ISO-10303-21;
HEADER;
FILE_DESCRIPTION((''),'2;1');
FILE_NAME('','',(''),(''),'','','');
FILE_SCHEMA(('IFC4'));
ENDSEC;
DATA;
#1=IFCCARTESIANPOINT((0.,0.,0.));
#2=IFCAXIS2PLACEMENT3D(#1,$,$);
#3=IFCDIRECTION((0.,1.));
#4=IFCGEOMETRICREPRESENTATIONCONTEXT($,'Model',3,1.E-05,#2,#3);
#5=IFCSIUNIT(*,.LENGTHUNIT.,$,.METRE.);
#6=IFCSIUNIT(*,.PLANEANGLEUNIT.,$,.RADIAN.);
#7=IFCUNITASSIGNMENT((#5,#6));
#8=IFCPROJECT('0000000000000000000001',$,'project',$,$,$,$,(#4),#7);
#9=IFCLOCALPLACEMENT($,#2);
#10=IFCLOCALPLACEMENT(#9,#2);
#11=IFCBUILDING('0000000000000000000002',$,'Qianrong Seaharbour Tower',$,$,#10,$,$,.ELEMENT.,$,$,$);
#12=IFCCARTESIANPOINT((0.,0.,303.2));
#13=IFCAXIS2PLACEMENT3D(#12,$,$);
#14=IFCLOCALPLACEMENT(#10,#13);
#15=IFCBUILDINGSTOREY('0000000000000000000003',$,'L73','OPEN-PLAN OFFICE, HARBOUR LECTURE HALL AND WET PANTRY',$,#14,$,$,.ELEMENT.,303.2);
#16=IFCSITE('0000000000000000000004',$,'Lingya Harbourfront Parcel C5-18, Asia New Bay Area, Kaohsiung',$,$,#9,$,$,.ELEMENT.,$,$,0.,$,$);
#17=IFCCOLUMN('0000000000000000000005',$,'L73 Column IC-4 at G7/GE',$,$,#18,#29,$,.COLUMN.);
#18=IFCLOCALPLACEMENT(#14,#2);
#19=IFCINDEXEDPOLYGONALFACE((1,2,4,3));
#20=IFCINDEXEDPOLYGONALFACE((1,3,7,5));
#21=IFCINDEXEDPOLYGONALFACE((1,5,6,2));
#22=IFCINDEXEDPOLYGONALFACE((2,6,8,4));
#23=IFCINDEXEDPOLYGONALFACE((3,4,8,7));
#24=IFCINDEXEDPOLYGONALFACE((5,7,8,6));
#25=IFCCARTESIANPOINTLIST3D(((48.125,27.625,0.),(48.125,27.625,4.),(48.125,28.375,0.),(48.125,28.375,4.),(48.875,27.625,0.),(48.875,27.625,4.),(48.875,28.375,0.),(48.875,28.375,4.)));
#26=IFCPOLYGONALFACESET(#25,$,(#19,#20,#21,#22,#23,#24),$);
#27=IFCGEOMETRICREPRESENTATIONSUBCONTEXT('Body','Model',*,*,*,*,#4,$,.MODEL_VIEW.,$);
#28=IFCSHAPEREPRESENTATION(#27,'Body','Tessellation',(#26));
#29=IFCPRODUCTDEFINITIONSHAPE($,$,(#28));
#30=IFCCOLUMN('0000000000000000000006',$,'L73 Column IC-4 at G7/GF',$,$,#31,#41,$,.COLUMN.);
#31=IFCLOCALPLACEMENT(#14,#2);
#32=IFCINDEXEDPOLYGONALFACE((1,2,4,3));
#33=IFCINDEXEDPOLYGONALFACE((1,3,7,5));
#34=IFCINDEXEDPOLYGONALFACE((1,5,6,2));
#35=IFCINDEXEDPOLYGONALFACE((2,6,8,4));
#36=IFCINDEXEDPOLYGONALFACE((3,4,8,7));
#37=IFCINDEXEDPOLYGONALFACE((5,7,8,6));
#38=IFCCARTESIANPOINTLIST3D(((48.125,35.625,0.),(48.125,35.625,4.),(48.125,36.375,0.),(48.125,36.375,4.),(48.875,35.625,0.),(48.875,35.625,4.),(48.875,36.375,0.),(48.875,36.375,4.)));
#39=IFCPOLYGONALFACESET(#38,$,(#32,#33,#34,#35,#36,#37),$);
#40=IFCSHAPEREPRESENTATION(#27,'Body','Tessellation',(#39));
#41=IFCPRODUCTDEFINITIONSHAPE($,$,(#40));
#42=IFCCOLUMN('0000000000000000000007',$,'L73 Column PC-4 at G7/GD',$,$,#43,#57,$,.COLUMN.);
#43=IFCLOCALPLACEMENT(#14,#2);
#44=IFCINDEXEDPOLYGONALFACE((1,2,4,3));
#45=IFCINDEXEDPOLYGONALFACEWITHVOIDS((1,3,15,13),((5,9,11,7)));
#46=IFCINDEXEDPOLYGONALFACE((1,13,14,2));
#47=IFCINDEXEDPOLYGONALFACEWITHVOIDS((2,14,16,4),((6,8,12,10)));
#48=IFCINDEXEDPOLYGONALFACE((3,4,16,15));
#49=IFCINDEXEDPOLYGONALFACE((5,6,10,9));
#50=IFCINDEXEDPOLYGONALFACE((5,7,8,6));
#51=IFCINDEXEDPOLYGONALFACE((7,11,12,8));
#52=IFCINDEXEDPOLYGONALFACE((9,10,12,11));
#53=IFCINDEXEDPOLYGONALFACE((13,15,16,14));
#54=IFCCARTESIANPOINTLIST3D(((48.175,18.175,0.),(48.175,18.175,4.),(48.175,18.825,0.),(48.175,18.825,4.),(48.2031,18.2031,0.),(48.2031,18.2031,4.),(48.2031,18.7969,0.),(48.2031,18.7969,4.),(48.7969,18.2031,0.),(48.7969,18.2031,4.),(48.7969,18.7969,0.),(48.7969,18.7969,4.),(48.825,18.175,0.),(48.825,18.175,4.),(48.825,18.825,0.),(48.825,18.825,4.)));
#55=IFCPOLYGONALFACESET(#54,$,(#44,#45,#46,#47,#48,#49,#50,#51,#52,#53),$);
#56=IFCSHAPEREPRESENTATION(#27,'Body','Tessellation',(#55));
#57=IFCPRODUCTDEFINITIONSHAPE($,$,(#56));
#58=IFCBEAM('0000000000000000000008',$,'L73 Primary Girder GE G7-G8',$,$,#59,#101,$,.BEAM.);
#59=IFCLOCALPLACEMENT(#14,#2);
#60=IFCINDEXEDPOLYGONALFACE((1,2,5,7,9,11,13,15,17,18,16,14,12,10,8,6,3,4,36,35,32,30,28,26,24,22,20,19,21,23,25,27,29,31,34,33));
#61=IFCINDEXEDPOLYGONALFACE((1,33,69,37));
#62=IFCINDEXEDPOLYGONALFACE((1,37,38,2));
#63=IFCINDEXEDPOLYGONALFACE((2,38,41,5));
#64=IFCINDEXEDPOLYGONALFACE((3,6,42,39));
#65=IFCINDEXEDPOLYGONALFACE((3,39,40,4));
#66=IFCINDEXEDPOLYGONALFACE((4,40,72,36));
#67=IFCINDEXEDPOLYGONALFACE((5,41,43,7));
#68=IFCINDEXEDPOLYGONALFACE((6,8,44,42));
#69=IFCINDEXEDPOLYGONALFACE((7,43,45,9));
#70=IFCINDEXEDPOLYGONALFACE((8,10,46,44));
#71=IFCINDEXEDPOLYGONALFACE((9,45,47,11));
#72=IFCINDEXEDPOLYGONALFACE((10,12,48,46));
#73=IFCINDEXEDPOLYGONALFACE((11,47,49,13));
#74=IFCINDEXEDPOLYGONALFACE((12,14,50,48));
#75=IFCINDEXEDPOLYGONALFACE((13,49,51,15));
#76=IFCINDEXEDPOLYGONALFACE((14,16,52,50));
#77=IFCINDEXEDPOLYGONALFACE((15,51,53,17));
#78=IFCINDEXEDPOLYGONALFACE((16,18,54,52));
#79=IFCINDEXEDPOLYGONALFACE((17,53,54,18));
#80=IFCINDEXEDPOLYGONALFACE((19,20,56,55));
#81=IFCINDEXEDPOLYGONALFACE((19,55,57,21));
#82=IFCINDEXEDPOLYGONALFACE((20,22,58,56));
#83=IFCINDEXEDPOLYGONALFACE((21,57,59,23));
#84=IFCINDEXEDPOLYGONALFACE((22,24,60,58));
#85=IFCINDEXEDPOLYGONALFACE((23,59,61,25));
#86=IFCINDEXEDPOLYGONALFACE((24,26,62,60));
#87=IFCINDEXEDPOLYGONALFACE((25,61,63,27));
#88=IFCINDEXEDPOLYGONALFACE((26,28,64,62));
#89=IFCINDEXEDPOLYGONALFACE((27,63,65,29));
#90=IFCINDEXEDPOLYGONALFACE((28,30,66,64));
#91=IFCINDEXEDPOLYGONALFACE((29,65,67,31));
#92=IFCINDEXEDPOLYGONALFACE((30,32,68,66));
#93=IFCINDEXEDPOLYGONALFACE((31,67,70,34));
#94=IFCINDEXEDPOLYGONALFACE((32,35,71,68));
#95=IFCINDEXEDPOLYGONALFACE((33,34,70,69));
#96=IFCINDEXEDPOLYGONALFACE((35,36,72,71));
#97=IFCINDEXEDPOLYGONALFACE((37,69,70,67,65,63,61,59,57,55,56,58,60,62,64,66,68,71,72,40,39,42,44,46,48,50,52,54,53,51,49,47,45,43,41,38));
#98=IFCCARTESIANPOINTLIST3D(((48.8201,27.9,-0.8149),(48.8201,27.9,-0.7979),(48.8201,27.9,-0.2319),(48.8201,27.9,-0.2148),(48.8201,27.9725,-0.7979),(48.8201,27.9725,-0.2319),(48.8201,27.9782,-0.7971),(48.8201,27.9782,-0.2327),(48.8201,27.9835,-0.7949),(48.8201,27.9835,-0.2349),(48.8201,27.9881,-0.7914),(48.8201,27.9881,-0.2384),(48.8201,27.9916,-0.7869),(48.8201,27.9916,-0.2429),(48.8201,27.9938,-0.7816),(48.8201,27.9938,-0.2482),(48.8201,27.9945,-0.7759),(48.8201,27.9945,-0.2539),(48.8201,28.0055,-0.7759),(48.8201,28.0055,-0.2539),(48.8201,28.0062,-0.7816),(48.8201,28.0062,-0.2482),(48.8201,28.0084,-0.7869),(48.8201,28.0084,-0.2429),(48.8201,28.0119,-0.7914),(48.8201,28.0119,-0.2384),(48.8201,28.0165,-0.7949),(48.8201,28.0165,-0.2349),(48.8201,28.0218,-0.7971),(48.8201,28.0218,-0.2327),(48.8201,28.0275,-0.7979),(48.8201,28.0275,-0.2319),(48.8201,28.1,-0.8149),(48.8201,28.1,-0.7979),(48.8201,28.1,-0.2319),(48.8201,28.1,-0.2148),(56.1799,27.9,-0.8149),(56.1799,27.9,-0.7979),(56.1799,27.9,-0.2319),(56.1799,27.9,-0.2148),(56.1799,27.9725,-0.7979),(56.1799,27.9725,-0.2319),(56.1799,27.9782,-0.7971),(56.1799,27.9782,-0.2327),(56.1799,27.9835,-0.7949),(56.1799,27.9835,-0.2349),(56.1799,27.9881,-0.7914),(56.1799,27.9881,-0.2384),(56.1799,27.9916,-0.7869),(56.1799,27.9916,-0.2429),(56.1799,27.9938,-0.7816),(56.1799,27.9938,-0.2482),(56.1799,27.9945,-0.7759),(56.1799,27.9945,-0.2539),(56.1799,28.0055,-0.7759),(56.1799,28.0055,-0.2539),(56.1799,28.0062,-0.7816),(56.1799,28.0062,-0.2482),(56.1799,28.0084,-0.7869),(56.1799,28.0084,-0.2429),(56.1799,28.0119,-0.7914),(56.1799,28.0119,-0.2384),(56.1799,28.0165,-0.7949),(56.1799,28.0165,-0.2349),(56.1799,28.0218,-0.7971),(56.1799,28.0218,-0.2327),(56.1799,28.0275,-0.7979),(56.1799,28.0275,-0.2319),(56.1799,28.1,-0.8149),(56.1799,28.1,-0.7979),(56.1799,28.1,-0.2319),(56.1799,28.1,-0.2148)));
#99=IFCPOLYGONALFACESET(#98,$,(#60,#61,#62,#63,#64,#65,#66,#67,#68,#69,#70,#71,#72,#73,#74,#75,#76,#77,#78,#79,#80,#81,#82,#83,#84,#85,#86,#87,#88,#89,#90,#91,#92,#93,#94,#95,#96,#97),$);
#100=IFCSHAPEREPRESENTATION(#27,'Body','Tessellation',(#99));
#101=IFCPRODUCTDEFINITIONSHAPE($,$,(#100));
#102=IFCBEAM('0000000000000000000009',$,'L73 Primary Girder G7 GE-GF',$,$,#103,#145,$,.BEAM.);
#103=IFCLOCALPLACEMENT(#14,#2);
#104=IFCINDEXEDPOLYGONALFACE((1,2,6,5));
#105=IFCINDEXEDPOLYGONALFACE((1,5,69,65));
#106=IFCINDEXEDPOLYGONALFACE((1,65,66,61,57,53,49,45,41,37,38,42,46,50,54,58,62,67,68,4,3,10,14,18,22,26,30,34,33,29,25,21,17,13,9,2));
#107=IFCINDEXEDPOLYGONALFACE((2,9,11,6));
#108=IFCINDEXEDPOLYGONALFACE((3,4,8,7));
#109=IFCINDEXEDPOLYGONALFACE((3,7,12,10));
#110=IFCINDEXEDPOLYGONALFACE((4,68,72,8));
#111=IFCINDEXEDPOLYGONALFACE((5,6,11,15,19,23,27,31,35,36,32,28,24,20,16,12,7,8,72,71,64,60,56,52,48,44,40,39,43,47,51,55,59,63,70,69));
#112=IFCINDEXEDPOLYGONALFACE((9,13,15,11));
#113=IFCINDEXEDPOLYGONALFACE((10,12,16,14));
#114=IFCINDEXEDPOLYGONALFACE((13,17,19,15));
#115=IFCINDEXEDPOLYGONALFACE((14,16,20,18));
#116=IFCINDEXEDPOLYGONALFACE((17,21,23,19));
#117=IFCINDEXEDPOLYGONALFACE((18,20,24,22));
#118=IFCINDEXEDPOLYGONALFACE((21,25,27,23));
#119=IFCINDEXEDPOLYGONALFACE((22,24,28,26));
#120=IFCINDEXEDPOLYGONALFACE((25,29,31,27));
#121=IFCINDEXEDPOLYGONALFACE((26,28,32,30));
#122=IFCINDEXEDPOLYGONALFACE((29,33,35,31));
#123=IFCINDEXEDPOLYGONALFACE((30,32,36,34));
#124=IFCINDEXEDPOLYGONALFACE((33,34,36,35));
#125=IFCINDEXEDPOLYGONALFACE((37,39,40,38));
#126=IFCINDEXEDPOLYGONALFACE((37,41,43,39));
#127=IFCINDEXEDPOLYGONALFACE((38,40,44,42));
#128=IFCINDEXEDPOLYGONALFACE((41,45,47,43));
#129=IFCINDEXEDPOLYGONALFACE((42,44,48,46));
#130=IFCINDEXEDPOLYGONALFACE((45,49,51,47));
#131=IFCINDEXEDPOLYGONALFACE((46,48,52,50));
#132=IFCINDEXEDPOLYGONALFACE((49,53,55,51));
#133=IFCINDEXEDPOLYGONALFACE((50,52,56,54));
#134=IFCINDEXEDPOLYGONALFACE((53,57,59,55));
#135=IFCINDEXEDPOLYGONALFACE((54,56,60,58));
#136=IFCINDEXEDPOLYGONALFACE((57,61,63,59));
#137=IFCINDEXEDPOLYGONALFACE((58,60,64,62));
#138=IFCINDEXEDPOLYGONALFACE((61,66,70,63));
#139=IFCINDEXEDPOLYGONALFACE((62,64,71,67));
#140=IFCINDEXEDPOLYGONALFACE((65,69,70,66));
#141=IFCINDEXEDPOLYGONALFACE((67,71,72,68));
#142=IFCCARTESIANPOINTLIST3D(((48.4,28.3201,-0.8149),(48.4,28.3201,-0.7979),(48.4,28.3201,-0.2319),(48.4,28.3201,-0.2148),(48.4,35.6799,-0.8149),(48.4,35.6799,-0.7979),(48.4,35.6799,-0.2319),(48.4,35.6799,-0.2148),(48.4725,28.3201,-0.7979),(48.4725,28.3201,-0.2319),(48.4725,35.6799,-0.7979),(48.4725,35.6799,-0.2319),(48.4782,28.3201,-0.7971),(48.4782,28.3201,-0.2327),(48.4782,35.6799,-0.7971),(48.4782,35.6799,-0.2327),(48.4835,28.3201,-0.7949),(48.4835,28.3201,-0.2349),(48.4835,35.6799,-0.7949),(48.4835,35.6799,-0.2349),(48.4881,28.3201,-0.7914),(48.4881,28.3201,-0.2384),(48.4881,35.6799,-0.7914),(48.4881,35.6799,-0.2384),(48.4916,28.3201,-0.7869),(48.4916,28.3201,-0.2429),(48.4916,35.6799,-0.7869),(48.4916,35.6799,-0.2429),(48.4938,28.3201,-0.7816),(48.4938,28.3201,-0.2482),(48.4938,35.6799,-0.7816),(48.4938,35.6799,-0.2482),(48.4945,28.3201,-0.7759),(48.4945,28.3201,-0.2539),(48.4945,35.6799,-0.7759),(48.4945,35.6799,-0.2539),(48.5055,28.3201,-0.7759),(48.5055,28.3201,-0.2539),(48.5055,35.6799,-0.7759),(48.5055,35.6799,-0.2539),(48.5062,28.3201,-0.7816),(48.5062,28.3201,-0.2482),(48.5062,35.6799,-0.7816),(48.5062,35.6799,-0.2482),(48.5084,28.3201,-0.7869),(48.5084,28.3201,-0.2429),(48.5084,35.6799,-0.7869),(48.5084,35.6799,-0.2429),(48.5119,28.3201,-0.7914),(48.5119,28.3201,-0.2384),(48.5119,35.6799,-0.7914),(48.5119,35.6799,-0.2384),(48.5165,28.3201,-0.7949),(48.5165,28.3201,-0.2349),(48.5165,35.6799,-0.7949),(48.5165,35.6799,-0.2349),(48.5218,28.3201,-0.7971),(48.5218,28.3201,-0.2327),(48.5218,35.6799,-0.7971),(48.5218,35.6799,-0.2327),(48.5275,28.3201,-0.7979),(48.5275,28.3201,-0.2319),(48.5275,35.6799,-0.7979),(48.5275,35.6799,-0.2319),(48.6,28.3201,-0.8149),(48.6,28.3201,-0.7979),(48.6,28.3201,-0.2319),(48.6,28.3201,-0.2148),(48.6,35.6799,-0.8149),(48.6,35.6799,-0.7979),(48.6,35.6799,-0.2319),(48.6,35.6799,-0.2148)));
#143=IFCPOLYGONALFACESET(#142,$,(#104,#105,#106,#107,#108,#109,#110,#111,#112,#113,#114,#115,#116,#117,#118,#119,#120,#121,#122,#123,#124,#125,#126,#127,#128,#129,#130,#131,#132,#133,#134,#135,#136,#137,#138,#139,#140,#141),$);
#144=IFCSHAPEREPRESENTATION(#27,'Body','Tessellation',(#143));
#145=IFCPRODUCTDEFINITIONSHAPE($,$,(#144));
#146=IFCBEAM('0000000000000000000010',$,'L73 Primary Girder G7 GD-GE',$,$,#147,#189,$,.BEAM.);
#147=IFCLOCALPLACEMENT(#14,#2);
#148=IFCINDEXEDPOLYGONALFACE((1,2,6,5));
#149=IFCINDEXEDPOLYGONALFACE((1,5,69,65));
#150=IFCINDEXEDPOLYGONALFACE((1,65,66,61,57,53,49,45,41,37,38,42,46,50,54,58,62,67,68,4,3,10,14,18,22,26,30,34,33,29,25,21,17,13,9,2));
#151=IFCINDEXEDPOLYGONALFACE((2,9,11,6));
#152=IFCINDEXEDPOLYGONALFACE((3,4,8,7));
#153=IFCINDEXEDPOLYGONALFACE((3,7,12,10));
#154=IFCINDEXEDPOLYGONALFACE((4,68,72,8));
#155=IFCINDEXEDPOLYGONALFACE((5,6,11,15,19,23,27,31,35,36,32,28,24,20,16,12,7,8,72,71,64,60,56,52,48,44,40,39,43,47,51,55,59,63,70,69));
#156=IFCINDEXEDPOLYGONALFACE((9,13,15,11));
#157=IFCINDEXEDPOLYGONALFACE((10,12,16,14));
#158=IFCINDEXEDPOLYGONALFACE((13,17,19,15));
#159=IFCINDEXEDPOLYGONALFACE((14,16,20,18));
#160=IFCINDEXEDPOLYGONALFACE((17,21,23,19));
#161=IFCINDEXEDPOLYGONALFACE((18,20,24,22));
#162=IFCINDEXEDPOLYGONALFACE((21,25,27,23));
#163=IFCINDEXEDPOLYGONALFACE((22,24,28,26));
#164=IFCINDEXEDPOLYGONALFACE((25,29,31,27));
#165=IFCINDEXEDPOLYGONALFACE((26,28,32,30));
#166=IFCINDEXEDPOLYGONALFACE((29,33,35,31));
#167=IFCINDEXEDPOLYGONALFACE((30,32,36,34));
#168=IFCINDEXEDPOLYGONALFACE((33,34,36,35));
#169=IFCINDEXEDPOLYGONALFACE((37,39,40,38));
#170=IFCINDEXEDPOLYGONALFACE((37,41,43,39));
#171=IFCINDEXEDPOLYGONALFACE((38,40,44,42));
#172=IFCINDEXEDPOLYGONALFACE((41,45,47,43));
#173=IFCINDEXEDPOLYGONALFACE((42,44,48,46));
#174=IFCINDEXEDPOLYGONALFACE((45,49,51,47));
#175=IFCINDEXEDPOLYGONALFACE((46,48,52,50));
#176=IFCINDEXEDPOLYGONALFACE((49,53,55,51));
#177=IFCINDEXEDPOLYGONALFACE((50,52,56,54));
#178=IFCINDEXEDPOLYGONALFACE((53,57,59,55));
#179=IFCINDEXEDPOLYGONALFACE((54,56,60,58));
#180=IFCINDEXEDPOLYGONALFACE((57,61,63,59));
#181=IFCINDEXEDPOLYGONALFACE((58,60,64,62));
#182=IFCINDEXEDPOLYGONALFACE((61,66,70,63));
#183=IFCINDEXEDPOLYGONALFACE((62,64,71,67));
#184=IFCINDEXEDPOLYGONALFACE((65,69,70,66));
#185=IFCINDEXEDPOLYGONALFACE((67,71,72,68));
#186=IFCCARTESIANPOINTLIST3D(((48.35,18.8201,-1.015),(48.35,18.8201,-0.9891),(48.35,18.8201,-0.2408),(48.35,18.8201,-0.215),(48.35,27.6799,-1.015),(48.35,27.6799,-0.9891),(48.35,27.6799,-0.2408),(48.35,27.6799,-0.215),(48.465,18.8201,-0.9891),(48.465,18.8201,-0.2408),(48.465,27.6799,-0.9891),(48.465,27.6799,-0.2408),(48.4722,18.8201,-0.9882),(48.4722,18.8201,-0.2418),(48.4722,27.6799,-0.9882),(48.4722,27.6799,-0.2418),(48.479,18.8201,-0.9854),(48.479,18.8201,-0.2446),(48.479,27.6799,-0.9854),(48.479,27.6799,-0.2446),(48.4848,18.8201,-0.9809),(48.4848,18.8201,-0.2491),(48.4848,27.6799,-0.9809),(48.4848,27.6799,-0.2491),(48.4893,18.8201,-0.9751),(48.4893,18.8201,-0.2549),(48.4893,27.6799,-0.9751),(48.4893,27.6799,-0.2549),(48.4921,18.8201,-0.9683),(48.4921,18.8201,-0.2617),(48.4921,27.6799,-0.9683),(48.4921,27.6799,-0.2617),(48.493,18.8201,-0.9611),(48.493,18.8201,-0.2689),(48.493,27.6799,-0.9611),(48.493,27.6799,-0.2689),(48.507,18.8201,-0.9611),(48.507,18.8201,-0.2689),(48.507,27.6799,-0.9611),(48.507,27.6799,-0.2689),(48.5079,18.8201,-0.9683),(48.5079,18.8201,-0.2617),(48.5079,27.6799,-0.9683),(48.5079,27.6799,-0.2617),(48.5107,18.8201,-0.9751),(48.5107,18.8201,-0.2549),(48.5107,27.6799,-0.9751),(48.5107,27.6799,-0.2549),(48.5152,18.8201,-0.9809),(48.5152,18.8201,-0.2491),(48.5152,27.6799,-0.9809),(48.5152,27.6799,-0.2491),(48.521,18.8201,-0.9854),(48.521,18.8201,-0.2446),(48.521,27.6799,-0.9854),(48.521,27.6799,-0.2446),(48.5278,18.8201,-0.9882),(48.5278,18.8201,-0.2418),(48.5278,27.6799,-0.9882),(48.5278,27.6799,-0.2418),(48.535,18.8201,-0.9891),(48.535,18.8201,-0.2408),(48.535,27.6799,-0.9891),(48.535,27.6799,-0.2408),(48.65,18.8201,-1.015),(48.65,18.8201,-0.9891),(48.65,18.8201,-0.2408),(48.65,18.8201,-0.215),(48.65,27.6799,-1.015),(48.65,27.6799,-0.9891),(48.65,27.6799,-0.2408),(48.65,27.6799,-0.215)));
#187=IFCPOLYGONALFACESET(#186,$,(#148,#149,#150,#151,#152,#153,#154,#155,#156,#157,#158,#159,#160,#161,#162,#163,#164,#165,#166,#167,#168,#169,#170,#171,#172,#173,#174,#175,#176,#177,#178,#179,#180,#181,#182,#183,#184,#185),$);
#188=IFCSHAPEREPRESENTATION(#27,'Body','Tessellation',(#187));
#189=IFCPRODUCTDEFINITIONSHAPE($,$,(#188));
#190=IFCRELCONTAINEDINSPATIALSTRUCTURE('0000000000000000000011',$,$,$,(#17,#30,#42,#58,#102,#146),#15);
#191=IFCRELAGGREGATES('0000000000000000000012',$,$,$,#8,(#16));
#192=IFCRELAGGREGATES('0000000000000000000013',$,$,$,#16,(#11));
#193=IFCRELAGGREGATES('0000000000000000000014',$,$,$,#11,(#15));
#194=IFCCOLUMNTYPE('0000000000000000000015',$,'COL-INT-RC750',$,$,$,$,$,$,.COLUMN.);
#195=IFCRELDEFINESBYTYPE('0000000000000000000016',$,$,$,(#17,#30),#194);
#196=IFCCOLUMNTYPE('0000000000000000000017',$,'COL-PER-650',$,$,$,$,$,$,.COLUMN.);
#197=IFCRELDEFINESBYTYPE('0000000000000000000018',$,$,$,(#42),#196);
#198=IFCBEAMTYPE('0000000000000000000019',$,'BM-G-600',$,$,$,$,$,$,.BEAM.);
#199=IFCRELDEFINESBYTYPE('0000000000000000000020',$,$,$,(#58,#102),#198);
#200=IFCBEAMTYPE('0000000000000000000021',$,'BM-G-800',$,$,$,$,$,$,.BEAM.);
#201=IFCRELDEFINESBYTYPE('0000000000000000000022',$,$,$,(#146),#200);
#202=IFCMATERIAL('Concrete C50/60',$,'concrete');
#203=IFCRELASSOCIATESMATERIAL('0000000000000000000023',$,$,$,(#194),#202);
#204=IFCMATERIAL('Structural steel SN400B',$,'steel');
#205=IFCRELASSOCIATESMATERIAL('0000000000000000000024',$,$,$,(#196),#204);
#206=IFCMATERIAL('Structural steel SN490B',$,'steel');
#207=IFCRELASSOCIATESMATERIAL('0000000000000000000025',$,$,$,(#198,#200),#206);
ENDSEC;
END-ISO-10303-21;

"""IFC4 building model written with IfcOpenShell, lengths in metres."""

from ifc_helpers import new_model, si_unit, direction, frame, origin, origin_2d, place, context, subcontext, project, spatial, rectangle, hollow_rectangle, i_section, extrude, material, material_profile, profile_set, type_object, element, save


model = new_model("IFC4")

# Units and contexts
model_context = context("Model", 3, precision=1e-05, world=origin(), true_north=direction((0.0, 1.0)))
body_context = subcontext(model_context, "Body", "Model", "MODEL_VIEW")
ifc_project = project(units=[si_unit("LENGTHUNIT", "METRE"), si_unit("PLANEANGLEUNIT", "RADIAN")], contexts=[model_context])

# Site, building, storey
site_placement = place(None, origin())
site = spatial("IfcSite", under=ifc_project, at=site_placement, Name="Lingya Harbourfront Parcel C5-18, Asia New Bay Area, Kaohsiung", CompositionType="ELEMENT", RefElevation=0.0)
building_placement = place(site_placement, origin())
building = spatial("IfcBuilding", under=site, at=building_placement, Name="Qianrong Seaharbour Tower", CompositionType="ELEMENT")
storey_placement = place(building_placement, frame((0.0, 0.0, 303.2)))
storey = spatial("IfcBuildingStorey", under=building, at=storey_placement, Name="L73", Description="OPEN-PLAN OFFICE, HARBOUR LECTURE HALL AND WET PANTRY", CompositionType="ELEMENT", Elevation=303.2)

# Columns
ifc_material_1 = material(Name="Concrete C50/60", Category="concrete")
ifc_material_profile_1 = material_profile(ifc_material_1, rectangle(XDim=0.75, YDim=0.75, at=origin_2d()), Name="RC750x750")
ifc_profile_set_1 = profile_set([ifc_material_profile_1], Name="Concrete C50/60")
column_type_1 = type_object("IfcColumnType", Name="COL-INT-RC750", PredefinedType="COLUMN", material=ifc_profile_set_1)
for number, where, z_axis, x_axis, name in (
    (1, (48.5, 28.0, 0.0), (0.0, 0.0, 1.0), (1.0, 0.0, 0.0), "L73 Column IC-4 at G7/GE"),
    (2, (48.5, 36.0, 0.0), (0.0, 0.0, 1.0), (1.0, 0.0, 0.0), "L73 Column IC-4 at G7/GF"),
):
    element("IfcColumn", number, at=place(storey_placement, frame(where, z_axis=z_axis, x_axis=x_axis)), inside=storey, type_object=column_type_1, Name=name, PredefinedType="COLUMN", context=body_context, shape_type="SweptSolid", body=[
        extrude(rectangle(XDim=0.75, YDim=0.75, at=origin_2d()), origin(), (0.0, 0.0, 1.0), 4.0),
    ])
ifc_material_2 = material(Name="Structural steel SN400B", Category="steel")
ifc_material_profile_2 = material_profile(ifc_material_2, hollow_rectangle(XDim=0.6499, YDim=0.6499, WallThickness=0.0281, at=origin_2d()), Name="BOX650x650x28")
ifc_profile_set_2 = profile_set([ifc_material_profile_2], Name="Structural steel SN400B")
column_type_2 = type_object("IfcColumnType", Name="COL-PER-650", PredefinedType="COLUMN", material=ifc_profile_set_2)
column_placement = place(storey_placement, frame((48.5, 18.5, 0.0), z_axis=(0.0, 0.0, 1.0), x_axis=(1.0, 0.0, 0.0)))
element("IfcColumn", 3, at=column_placement, inside=storey, type_object=column_type_2, Name="L73 Column PC-4 at G7/GD", PredefinedType="COLUMN", context=body_context, shape_type="SweptSolid", body=[
    extrude(hollow_rectangle(XDim=0.6499, YDim=0.6499, WallThickness=0.0281, at=origin_2d()), origin(), (0.0, 0.0, 1.0), 4.0),
])

# Beams
ifc_material_3 = material(Name="Structural steel SN490B", Category="steel")
ifc_material_profile_3 = material_profile(ifc_material_3, i_section(OverallWidth=0.2, OverallDepth=0.6001, WebThickness=0.011, FlangeThickness=0.0171, FilletRadius=0.022, at=origin_2d()), Name="H600x200x11x17")
ifc_profile_set_3 = profile_set([ifc_material_profile_3], Name="Structural steel SN490B")
beam_type_1 = type_object("IfcBeamType", Name="BM-G-600", PredefinedType="BEAM", material=ifc_profile_set_3)
for number, where, z_axis, x_axis, name in (
    (4, (48.8201, 28.0, -0.5149), (1.0, 0.0, 0.0), (0.0, 1.0, 0.0), "L73 Primary Girder GE G7-G8"),
    (5, (48.5, 28.3201, -0.5149), (0.0, 1.0, 0.0), (-1.0, 0.0, 0.0), "L73 Primary Girder G7 GE-GF"),
):
    element("IfcBeam", number, at=place(storey_placement, frame(where, z_axis=z_axis, x_axis=x_axis)), inside=storey, type_object=beam_type_1, Name=name, PredefinedType="BEAM", context=body_context, shape_type="SweptSolid", body=[
        extrude(i_section(OverallWidth=0.2, OverallDepth=0.6001, WebThickness=0.011, FlangeThickness=0.0171, FilletRadius=0.022, at=origin_2d()), origin(), (0.0, 0.0, 1.0), 7.3599),
    ])
ifc_material_profile_4 = material_profile(ifc_material_3, i_section(OverallWidth=0.3, OverallDepth=0.8, WebThickness=0.0139, FlangeThickness=0.0259, FilletRadius=0.0281, at=origin_2d()), Name="H800x300x14x26")
ifc_profile_set_4 = profile_set([ifc_material_profile_4], Name="Structural steel SN490B")
beam_type_2 = type_object("IfcBeamType", Name="BM-G-800", PredefinedType="BEAM", material=ifc_profile_set_4)
beam_1_placement = place(storey_placement, frame((48.5, 18.8201, -0.615), z_axis=(0.0, 1.0, 0.0), x_axis=(-1.0, 0.0, 0.0)))
element("IfcBeam", 6, at=beam_1_placement, inside=storey, type_object=beam_type_2, Name="L73 Primary Girder G7 GD-GE", PredefinedType="BEAM", context=body_context, shape_type="SweptSolid", body=[
    extrude(i_section(OverallWidth=0.3, OverallDepth=0.8, WebThickness=0.0139, FlangeThickness=0.0259, FilletRadius=0.0281, at=origin_2d()), origin(), (0.0, 0.0, 1.0), 8.8599),
])

save(model, "model.ifc")
